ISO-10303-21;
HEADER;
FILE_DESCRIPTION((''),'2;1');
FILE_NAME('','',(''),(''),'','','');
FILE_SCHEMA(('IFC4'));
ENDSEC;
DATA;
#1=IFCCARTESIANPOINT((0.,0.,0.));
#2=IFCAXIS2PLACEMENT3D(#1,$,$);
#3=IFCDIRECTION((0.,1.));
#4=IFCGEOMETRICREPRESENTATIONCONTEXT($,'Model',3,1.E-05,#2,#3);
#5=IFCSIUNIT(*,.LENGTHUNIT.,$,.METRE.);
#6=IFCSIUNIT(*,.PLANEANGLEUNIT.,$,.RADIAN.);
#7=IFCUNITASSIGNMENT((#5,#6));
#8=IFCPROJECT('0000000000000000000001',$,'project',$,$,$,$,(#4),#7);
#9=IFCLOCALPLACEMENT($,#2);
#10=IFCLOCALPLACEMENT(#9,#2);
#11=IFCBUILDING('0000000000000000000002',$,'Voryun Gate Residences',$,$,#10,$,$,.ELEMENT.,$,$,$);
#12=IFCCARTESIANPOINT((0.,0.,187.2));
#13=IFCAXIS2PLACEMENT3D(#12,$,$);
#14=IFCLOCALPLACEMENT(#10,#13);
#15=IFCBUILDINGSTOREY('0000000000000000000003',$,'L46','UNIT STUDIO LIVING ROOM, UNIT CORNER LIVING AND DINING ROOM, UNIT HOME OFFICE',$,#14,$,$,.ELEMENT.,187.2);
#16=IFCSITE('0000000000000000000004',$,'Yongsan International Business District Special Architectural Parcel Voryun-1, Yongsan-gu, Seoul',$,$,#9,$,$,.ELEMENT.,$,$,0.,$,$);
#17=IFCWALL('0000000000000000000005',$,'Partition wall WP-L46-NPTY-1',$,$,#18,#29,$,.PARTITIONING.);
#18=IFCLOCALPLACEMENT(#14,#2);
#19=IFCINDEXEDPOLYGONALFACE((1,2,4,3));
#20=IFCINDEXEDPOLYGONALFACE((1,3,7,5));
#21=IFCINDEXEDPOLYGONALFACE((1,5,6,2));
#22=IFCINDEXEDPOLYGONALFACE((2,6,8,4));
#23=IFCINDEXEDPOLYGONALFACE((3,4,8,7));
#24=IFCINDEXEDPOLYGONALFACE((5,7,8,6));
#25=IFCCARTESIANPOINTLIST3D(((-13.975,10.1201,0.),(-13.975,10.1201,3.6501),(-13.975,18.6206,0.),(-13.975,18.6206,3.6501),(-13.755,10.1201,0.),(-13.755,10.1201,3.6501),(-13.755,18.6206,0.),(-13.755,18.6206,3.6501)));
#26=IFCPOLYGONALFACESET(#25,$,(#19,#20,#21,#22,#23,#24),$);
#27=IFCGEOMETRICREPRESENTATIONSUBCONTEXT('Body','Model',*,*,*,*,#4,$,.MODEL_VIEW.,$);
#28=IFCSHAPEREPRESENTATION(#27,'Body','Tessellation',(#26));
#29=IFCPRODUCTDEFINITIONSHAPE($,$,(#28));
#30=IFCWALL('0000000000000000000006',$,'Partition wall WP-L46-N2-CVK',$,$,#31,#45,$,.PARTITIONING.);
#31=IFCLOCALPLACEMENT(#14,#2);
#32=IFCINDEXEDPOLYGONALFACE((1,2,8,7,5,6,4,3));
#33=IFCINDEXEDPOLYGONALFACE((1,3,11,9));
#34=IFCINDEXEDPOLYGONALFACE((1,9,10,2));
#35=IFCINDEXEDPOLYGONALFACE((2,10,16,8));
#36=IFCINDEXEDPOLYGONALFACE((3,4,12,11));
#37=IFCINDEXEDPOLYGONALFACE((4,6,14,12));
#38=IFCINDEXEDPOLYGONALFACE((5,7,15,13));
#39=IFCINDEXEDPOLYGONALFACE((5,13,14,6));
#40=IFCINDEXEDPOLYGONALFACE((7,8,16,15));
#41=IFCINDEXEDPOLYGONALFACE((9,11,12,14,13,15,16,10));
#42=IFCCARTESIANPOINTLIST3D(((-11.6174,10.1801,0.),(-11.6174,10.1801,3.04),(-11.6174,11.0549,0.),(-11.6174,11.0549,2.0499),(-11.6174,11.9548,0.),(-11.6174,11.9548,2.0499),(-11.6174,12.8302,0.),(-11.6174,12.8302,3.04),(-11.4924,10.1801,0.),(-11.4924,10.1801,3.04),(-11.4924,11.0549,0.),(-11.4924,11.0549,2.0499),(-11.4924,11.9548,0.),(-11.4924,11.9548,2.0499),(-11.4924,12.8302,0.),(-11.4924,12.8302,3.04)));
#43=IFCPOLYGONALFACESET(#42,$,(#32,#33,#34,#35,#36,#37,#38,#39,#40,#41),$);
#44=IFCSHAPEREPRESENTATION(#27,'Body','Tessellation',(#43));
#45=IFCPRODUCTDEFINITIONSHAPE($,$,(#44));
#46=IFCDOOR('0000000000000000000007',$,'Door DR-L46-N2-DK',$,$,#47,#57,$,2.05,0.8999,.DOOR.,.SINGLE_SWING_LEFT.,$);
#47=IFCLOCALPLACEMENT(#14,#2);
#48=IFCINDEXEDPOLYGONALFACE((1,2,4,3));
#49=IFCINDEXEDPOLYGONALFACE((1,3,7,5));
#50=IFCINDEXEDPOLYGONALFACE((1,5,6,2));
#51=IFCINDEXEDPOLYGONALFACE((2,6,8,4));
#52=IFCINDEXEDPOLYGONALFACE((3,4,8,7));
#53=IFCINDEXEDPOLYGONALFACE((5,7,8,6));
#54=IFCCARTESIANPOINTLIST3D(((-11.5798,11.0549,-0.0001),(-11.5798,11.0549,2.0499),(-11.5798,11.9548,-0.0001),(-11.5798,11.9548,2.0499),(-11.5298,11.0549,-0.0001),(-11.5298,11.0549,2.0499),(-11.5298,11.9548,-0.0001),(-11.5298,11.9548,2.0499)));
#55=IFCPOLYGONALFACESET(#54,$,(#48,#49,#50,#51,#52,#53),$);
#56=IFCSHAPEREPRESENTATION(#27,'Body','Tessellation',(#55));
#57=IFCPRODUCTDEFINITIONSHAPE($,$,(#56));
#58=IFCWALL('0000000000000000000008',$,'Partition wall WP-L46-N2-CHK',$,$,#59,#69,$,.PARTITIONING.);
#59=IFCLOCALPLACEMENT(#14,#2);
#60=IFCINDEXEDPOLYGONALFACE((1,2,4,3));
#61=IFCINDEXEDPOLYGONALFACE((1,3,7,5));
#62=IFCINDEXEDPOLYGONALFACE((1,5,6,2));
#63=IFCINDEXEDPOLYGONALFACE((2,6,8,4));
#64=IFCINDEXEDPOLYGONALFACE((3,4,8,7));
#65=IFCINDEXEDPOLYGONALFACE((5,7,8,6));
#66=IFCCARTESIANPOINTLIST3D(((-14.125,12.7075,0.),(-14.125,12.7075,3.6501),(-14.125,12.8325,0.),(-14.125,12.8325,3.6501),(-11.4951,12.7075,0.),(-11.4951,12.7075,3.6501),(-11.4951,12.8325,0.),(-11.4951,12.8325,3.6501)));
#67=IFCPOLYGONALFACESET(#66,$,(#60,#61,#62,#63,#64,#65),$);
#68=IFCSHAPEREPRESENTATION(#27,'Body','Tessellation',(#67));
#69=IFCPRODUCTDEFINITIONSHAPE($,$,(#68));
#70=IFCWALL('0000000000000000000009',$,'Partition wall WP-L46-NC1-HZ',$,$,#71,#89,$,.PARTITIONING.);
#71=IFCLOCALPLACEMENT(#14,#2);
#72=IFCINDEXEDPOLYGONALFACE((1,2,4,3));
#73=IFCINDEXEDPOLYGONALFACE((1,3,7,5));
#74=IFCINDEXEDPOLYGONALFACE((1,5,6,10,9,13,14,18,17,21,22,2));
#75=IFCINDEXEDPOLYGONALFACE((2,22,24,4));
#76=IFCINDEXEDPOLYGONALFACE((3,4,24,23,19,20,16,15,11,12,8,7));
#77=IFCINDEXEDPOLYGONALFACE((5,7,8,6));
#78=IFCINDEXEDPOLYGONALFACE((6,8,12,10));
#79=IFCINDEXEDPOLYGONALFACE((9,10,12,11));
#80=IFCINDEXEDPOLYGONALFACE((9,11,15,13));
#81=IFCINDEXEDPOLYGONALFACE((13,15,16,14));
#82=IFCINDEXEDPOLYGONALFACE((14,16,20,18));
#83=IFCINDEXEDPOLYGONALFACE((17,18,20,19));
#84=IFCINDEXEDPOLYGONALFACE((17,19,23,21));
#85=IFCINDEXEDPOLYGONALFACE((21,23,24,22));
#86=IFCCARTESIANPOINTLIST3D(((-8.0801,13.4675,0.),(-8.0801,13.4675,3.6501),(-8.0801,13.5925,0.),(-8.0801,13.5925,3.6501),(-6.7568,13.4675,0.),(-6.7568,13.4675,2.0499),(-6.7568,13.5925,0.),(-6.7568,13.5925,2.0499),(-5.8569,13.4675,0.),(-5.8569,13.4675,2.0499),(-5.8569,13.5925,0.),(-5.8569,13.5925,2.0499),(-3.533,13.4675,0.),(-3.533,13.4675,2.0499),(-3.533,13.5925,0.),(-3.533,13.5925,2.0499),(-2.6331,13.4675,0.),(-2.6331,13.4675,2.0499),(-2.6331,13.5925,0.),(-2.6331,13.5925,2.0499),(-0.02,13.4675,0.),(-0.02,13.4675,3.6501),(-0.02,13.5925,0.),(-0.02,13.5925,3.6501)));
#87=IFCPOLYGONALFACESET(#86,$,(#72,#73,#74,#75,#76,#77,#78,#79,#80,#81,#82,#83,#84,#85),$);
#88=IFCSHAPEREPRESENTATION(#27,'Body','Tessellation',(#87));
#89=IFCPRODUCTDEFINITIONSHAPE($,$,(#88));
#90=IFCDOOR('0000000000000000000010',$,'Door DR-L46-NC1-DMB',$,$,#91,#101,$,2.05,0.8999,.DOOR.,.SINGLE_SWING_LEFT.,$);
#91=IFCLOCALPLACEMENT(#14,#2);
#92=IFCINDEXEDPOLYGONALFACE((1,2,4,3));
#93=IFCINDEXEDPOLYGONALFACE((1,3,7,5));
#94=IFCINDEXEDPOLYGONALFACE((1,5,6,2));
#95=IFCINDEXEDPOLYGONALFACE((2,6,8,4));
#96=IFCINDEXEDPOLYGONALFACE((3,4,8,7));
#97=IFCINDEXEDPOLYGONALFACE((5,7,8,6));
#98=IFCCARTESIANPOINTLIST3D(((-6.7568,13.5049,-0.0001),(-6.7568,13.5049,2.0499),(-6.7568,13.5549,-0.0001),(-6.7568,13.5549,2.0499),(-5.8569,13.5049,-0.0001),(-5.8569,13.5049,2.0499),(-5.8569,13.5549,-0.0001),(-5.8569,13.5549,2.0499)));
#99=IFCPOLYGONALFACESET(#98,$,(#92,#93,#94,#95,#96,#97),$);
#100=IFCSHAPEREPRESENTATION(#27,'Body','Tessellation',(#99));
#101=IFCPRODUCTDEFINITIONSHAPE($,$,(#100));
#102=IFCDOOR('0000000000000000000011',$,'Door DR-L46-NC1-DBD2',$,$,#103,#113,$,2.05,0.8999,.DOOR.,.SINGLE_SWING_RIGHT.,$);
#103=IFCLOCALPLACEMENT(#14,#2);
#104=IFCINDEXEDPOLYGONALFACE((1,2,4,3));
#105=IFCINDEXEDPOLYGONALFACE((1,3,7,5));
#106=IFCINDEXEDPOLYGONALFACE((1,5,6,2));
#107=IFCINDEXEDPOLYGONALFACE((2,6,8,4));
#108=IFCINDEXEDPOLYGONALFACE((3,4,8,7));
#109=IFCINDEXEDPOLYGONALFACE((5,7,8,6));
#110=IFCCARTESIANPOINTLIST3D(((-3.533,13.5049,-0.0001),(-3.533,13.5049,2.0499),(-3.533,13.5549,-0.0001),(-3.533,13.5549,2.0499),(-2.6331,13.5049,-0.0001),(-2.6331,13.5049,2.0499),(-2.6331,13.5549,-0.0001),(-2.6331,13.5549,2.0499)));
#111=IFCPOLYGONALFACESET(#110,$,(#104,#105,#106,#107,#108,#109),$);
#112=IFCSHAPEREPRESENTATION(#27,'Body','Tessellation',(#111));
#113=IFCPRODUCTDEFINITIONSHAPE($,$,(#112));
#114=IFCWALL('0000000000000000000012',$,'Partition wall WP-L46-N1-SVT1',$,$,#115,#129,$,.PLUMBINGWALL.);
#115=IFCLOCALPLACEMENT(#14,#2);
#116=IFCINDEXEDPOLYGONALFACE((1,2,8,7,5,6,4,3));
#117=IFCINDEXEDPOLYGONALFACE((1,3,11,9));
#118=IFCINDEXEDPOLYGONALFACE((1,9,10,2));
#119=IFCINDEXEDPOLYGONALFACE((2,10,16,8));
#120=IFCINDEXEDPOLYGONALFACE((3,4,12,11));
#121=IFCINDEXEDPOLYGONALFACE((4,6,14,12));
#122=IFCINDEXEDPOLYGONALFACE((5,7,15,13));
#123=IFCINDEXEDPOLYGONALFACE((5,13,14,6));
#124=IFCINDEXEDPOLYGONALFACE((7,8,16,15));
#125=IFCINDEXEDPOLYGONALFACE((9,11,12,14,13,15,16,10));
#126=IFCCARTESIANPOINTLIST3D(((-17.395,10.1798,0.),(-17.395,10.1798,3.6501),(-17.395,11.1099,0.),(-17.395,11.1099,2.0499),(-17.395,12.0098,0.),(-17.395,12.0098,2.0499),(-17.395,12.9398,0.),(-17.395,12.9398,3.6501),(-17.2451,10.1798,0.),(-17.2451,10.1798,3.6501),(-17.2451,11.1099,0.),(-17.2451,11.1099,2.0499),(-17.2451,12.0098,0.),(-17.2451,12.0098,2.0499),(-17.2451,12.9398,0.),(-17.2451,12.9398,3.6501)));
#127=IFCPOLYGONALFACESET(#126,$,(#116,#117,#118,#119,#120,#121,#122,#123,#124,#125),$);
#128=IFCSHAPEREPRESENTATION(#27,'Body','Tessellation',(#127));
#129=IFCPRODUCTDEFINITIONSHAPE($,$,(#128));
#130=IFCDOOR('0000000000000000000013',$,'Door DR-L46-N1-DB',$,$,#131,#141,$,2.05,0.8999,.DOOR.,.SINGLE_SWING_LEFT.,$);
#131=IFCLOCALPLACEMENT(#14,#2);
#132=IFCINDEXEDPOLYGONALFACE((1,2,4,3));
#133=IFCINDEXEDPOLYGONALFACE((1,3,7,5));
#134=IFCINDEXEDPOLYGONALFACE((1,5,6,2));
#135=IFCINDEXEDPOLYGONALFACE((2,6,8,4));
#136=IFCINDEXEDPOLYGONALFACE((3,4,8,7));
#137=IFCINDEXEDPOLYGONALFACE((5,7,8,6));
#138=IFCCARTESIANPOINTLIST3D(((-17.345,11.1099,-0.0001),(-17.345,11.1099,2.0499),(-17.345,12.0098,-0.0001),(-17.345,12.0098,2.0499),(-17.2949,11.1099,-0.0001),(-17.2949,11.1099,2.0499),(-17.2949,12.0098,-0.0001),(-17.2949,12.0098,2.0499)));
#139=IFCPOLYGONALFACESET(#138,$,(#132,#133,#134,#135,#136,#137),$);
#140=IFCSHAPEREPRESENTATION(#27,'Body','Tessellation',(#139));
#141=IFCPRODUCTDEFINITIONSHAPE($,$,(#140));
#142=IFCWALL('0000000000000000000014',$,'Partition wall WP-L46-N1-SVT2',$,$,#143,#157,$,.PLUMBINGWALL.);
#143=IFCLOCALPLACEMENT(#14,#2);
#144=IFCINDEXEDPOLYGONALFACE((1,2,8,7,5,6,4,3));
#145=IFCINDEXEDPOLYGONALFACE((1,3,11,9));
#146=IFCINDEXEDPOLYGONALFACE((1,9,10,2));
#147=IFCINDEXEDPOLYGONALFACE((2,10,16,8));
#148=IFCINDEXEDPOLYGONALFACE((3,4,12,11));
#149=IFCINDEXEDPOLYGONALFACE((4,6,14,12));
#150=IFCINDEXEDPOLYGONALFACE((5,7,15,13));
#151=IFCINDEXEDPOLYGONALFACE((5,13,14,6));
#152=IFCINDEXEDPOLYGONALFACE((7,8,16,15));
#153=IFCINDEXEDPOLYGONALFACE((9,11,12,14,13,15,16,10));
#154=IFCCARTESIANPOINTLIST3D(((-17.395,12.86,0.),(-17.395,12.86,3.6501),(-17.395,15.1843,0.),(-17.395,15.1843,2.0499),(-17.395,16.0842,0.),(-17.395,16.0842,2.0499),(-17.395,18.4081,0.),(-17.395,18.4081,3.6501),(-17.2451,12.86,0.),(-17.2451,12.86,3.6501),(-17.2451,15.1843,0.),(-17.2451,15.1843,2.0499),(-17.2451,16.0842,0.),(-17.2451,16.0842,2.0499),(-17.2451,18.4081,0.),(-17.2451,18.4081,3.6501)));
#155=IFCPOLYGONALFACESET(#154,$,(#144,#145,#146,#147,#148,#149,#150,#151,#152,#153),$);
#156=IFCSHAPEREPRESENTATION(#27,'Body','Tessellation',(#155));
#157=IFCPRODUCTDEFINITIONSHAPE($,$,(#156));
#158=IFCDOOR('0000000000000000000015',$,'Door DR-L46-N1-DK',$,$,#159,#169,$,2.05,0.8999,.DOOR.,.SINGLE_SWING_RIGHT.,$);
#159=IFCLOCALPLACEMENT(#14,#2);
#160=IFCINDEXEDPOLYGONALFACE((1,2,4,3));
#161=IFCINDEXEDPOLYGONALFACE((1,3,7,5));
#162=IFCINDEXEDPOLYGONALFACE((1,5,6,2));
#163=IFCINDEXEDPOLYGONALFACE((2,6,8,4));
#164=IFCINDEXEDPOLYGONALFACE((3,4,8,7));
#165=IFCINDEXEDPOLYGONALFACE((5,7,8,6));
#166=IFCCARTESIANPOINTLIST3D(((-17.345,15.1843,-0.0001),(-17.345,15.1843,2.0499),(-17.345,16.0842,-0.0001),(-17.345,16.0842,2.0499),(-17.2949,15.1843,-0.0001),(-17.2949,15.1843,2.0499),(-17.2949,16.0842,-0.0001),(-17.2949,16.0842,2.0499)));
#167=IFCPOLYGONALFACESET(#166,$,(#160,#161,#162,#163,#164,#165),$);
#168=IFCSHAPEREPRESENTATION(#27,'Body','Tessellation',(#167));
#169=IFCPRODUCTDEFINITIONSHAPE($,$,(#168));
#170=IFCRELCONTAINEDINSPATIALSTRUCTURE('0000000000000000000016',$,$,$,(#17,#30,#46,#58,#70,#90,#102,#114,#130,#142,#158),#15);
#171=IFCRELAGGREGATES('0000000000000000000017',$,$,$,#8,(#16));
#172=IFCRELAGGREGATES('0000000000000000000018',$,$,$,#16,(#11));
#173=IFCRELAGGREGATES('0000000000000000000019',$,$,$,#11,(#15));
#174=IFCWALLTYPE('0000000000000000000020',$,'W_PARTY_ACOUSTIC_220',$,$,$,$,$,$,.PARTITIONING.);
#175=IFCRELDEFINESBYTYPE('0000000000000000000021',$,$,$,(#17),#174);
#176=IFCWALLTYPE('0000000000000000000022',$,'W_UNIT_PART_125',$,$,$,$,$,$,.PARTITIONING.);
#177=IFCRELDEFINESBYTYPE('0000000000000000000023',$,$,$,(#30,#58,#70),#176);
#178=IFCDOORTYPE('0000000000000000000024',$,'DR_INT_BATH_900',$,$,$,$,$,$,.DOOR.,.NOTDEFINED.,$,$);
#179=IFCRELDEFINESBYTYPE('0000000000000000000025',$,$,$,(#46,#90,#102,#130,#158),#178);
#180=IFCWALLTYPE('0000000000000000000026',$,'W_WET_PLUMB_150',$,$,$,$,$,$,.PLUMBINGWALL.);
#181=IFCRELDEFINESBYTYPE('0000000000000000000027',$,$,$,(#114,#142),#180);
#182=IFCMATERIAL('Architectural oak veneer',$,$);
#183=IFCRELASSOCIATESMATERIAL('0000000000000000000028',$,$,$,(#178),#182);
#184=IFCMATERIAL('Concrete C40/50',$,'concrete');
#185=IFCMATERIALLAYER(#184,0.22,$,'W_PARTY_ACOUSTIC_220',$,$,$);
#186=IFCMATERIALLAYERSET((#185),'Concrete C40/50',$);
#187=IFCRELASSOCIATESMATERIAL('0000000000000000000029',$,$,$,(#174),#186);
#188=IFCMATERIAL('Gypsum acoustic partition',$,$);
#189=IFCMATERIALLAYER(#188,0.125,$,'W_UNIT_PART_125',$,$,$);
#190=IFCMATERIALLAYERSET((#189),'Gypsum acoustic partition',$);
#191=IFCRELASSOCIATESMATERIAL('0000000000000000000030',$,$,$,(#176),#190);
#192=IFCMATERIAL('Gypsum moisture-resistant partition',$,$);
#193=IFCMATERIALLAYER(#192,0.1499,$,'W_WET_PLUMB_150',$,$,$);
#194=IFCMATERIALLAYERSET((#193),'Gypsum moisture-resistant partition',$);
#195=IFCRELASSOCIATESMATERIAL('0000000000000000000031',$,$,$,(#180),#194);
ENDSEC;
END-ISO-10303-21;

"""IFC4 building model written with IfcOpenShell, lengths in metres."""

from ifc_helpers import new_model, si_unit, direction, frame, frame_2d, origin, place, context, subcontext, project, spatial, rectangle, extrude, material, layer, layer_set, type_object, element, fill, save


model = new_model("IFC4")

# Units and contexts
model_context = context("Model", 3, precision=1e-05, world=origin(), true_north=direction((0.0, 1.0)))
body_context = subcontext(model_context, "Body", "Model", "MODEL_VIEW")
ifc_project = project(units=[si_unit("LENGTHUNIT", "METRE"), si_unit("PLANEANGLEUNIT", "RADIAN")], contexts=[model_context])

# Site, building, storey
site_placement = place(None, origin())
site = spatial("IfcSite", under=ifc_project, at=site_placement, Name="Yongsan International Business District Special Architectural Parcel Voryun-1, Yongsan-gu, Seoul", CompositionType="ELEMENT", RefElevation=0.0)
building_placement = place(site_placement, origin())
building = spatial("IfcBuilding", under=site, at=building_placement, Name="Voryun Gate Residences", CompositionType="ELEMENT")
storey_placement = place(building_placement, frame((0.0, 0.0, 187.2)))
storey = spatial("IfcBuildingStorey", under=building, at=storey_placement, Name="L46", Description="UNIT STUDIO LIVING ROOM, UNIT CORNER LIVING AND DINING ROOM, UNIT HOME OFFICE", CompositionType="ELEMENT", Elevation=187.2)

# Shared definitions
ifc_material_1 = material(Name="Architectural oak veneer")
door_type = type_object("IfcDoorType", Name="DR_INT_BATH_900", OperationType="NOTDEFINED", PredefinedType="DOOR", material=ifc_material_1)

# Wall
ifc_material_2 = material(Name="Concrete C40/50", Category="concrete")
ifc_layer_1 = layer(ifc_material_2, 0.22, Name="W_PARTY_ACOUSTIC_220")
ifc_layer_set_1 = layer_set([ifc_layer_1], Name="Concrete C40/50")
wall_type_1 = type_object("IfcWallType", Name="W_PARTY_ACOUSTIC_220", PredefinedType="PARTITIONING", material=ifc_layer_set_1)
wall_1_placement = place(storey_placement, frame((-13.865, 10.1201, 0.0), z_axis=(0.0, 0.0, 1.0), x_axis=(0.0, 1.0, 0.0)))
element("IfcWall", 1, at=wall_1_placement, inside=storey, type_object=wall_type_1, Name="Partition wall WP-L46-NPTY-1", PredefinedType="PARTITIONING", context=body_context, shape_type="SweptSolid", body=[
    extrude(rectangle(XDim=8.5005, YDim=0.22, at=frame_2d((4.2502, 0.0))), origin(), (0.0, 0.0, 1.0), 3.6501),
])

# Wall, opening, door
ifc_material_3 = material(Name="Gypsum acoustic partition")
ifc_layer_2 = layer(ifc_material_3, 0.125, Name="W_UNIT_PART_125")
ifc_layer_set_2 = layer_set([ifc_layer_2], Name="Gypsum acoustic partition")
wall_type_2 = type_object("IfcWallType", Name="W_UNIT_PART_125", PredefinedType="PARTITIONING", material=ifc_layer_set_2)
wall_2_placement = place(storey_placement, frame((-11.5549, 10.1799, 0.0), z_axis=(0.0, 0.0, 1.0), x_axis=(0.0, 1.0, 0.0)))
wall_2 = element("IfcWall", 2, at=wall_2_placement, inside=storey, type_object=wall_type_2, Name="Partition wall WP-L46-N2-CVK", PredefinedType="PARTITIONING", context=body_context, shape_type="SweptSolid", body=[
    extrude(rectangle(XDim=2.6501, YDim=0.125, at=frame_2d((1.3252, 0.0))), origin(), (0.0, 0.0, 1.0), 3.04),
])
opening_1_placement = place(wall_2_placement, frame((0.875, 0.0, 0.0)))
opening_1 = element("IfcOpeningElement", 3, at=opening_1_placement, cuts=wall_2, PredefinedType="OPENING", context=body_context, shape_type="SweptSolid", body=[
    extrude(rectangle(XDim=0.8999, YDim=2.05, at=frame_2d((0.45, 1.0249))), frame((0.0, 0.0725, 0.0), z_axis=(0.0, -1.0, 0.0), x_axis=(1.0, 0.0, 0.0)), (0.0, 0.0, 1.0), 0.145),
])
door_1_placement = place(opening_1_placement, origin())
door_1 = element("IfcDoor", 4, at=door_1_placement, inside=storey, type_object=door_type, Name="Door DR-L46-N2-DK", OperationType="SINGLE_SWING_LEFT", OverallHeight=2.05, OverallWidth=0.8999, PredefinedType="DOOR", context=body_context, shape_type="SweptSolid", body=[
    extrude(rectangle(XDim=0.8999, YDim=2.05, at=frame_2d((0.45, 1.0249))), frame((0.0, 0.0249, 0.0), z_axis=(0.0, -1.0, 0.0), x_axis=(1.0, 0.0, 0.0)), (0.0, 0.0, 1.0), 0.05),
])
fill(opening_1, door_1)

# Wall
wall_3_placement = place(storey_placement, frame((-14.125, 12.77, 0.0), z_axis=(0.0, 0.0, 1.0), x_axis=(1.0, 0.0, 0.0)))
element("IfcWall", 5, at=wall_3_placement, inside=storey, type_object=wall_type_2, Name="Partition wall WP-L46-N2-CHK", PredefinedType="PARTITIONING", context=body_context, shape_type="SweptSolid", body=[
    extrude(rectangle(XDim=2.6299, YDim=0.125, at=frame_2d((1.3149, 0.0))), origin(), (0.0, 0.0, 1.0), 3.6501),
])

# Wall, openings, doors
wall_4_placement = place(storey_placement, frame((-8.0801, 13.53, 0.0), z_axis=(0.0, 0.0, 1.0), x_axis=(1.0, 0.0, 0.0)))
wall_4 = element("IfcWall", 6, at=wall_4_placement, inside=storey, type_object=wall_type_2, Name="Partition wall WP-L46-NC1-HZ", PredefinedType="PARTITIONING", context=body_context, shape_type="SweptSolid", body=[
    extrude(rectangle(XDim=8.0601, YDim=0.125, at=frame_2d((4.03, 0.0))), origin(), (0.0, 0.0, 1.0), 3.6501),
])
opening_2_placement = place(wall_4_placement, frame((1.3232, 0.0, 0.0)))
opening_2 = element("IfcOpeningElement", 7, at=opening_2_placement, cuts=wall_4, PredefinedType="OPENING", context=body_context, shape_type="SweptSolid", body=[
    extrude(rectangle(XDim=0.8999, YDim=2.05, at=frame_2d((0.45, 1.0249))), frame((0.0, 0.0725, 0.0), z_axis=(0.0, -1.0, 0.0), x_axis=(1.0, 0.0, 0.0)), (0.0, 0.0, 1.0), 0.145),
])
opening_3_placement = place(wall_4_placement, frame((4.5471, 0.0, 0.0)))
opening_3 = element("IfcOpeningElement", 8, at=opening_3_placement, cuts=wall_4, PredefinedType="OPENING", context=body_context, shape_type="SweptSolid", body=[
    extrude(rectangle(XDim=0.8999, YDim=2.05, at=frame_2d((0.45, 1.0249))), frame((0.0, 0.0725, 0.0), z_axis=(0.0, -1.0, 0.0), x_axis=(1.0, 0.0, 0.0)), (0.0, 0.0, 1.0), 0.145),
])
door_2_placement = place(opening_2_placement, origin())
door_2 = element("IfcDoor", 9, at=door_2_placement, inside=storey, type_object=door_type, Name="Door DR-L46-NC1-DMB", OperationType="SINGLE_SWING_LEFT", OverallHeight=2.05, OverallWidth=0.8999, PredefinedType="DOOR", context=body_context, shape_type="SweptSolid", body=[
    extrude(rectangle(XDim=0.8999, YDim=2.05, at=frame_2d((0.45, 1.0249))), frame((0.0, 0.0249, 0.0), z_axis=(0.0, -1.0, 0.0), x_axis=(1.0, 0.0, 0.0)), (0.0, 0.0, 1.0), 0.05),
])
fill(opening_2, door_2)
door_3_placement = place(opening_3_placement, origin())
door_3 = element("IfcDoor", 10, at=door_3_placement, inside=storey, type_object=door_type, Name="Door DR-L46-NC1-DBD2", OperationType="SINGLE_SWING_RIGHT", OverallHeight=2.05, OverallWidth=0.8999, PredefinedType="DOOR", context=body_context, shape_type="SweptSolid", body=[
    extrude(rectangle(XDim=0.8999, YDim=2.05, at=frame_2d((0.45, 1.0249))), frame((0.0, 0.0249, 0.0), z_axis=(0.0, -1.0, 0.0), x_axis=(1.0, 0.0, 0.0)), (0.0, 0.0, 1.0), 0.05),
])
fill(opening_3, door_3)

# Walls, openings, doors
ifc_material_4 = material(Name="Gypsum moisture-resistant partition")
ifc_layer_3 = layer(ifc_material_4, 0.1499, Name="W_WET_PLUMB_150")
ifc_layer_set_3 = layer_set([ifc_layer_3], Name="Gypsum moisture-resistant partition")
wall_type_3 = type_object("IfcWallType", Name="W_WET_PLUMB_150", PredefinedType="PLUMBINGWALL", material=ifc_layer_set_3)
wall_5_placement = place(storey_placement, frame((-17.3201, 10.1799, 0.0), z_axis=(0.0, 0.0, 1.0), x_axis=(0.0, 1.0, 0.0)))
wall_5 = element("IfcWall", 11, at=wall_5_placement, inside=storey, type_object=wall_type_3, Name="Partition wall WP-L46-N1-SVT1", PredefinedType="PLUMBINGWALL", context=body_context, shape_type="SweptSolid", body=[
    extrude(rectangle(XDim=2.76, YDim=0.1499, at=frame_2d((1.3799, 0.0))), origin(), (0.0, 0.0, 1.0), 3.6501),
])
opening_4_placement = place(wall_5_placement, frame((0.9299, 0.0, 0.0)))
opening_4 = element("IfcOpeningElement", 12, at=opening_4_placement, cuts=wall_5, PredefinedType="OPENING", context=body_context, shape_type="SweptSolid", body=[
    extrude(rectangle(XDim=0.8999, YDim=2.05, at=frame_2d((0.45, 1.0249))), frame((0.0, 0.085, 0.0), z_axis=(0.0, -1.0, 0.0), x_axis=(1.0, 0.0, 0.0)), (0.0, 0.0, 1.0), 0.1699),
])
door_4_placement = place(opening_4_placement, origin())
door_4 = element("IfcDoor", 13, at=door_4_placement, inside=storey, type_object=door_type, Name="Door DR-L46-N1-DB", OperationType="SINGLE_SWING_LEFT", OverallHeight=2.05, OverallWidth=0.8999, PredefinedType="DOOR", context=body_context, shape_type="SweptSolid", body=[
    extrude(rectangle(XDim=0.8999, YDim=2.05, at=frame_2d((0.45, 1.0249))), frame((0.0, 0.0249, 0.0), z_axis=(0.0, -1.0, 0.0), x_axis=(1.0, 0.0, 0.0)), (0.0, 0.0, 1.0), 0.05),
])
fill(opening_4, door_4)
wall_6_placement = place(storey_placement, frame((-17.3201, 12.8601, 0.0), z_axis=(0.0, 0.0, 1.0), x_axis=(0.0, 1.0, 0.0)))
wall_6 = element("IfcWall", 14, at=wall_6_placement, inside=storey, type_object=wall_type_3, Name="Partition wall WP-L46-N1-SVT2", PredefinedType="PLUMBINGWALL", context=body_context, shape_type="SweptSolid", body=[
    extrude(rectangle(XDim=5.5481, YDim=0.1499, at=frame_2d((2.7739, 0.0))), origin(), (0.0, 0.0, 1.0), 3.6501),
])
opening_5_placement = place(wall_6_placement, frame((2.3242, 0.0, 0.0)))
opening_5 = element("IfcOpeningElement", 15, at=opening_5_placement, cuts=wall_6, PredefinedType="OPENING", context=body_context, shape_type="SweptSolid", body=[
    extrude(rectangle(XDim=0.8999, YDim=2.05, at=frame_2d((0.45, 1.0249))), frame((0.0, 0.085, 0.0), z_axis=(0.0, -1.0, 0.0), x_axis=(1.0, 0.0, 0.0)), (0.0, 0.0, 1.0), 0.1699),
])
door_5_placement = place(opening_5_placement, origin())
door_5 = element("IfcDoor", 16, at=door_5_placement, inside=storey, type_object=door_type, Name="Door DR-L46-N1-DK", OperationType="SINGLE_SWING_RIGHT", OverallHeight=2.05, OverallWidth=0.8999, PredefinedType="DOOR", context=body_context, shape_type="SweptSolid", body=[
    extrude(rectangle(XDim=0.8999, YDim=2.05, at=frame_2d((0.45, 1.0249))), frame((0.0, 0.0249, 0.0), z_axis=(0.0, -1.0, 0.0), x_axis=(1.0, 0.0, 0.0)), (0.0, 0.0, 1.0), 0.05),
])
fill(opening_5, door_5)

save(model, "model.ifc")
